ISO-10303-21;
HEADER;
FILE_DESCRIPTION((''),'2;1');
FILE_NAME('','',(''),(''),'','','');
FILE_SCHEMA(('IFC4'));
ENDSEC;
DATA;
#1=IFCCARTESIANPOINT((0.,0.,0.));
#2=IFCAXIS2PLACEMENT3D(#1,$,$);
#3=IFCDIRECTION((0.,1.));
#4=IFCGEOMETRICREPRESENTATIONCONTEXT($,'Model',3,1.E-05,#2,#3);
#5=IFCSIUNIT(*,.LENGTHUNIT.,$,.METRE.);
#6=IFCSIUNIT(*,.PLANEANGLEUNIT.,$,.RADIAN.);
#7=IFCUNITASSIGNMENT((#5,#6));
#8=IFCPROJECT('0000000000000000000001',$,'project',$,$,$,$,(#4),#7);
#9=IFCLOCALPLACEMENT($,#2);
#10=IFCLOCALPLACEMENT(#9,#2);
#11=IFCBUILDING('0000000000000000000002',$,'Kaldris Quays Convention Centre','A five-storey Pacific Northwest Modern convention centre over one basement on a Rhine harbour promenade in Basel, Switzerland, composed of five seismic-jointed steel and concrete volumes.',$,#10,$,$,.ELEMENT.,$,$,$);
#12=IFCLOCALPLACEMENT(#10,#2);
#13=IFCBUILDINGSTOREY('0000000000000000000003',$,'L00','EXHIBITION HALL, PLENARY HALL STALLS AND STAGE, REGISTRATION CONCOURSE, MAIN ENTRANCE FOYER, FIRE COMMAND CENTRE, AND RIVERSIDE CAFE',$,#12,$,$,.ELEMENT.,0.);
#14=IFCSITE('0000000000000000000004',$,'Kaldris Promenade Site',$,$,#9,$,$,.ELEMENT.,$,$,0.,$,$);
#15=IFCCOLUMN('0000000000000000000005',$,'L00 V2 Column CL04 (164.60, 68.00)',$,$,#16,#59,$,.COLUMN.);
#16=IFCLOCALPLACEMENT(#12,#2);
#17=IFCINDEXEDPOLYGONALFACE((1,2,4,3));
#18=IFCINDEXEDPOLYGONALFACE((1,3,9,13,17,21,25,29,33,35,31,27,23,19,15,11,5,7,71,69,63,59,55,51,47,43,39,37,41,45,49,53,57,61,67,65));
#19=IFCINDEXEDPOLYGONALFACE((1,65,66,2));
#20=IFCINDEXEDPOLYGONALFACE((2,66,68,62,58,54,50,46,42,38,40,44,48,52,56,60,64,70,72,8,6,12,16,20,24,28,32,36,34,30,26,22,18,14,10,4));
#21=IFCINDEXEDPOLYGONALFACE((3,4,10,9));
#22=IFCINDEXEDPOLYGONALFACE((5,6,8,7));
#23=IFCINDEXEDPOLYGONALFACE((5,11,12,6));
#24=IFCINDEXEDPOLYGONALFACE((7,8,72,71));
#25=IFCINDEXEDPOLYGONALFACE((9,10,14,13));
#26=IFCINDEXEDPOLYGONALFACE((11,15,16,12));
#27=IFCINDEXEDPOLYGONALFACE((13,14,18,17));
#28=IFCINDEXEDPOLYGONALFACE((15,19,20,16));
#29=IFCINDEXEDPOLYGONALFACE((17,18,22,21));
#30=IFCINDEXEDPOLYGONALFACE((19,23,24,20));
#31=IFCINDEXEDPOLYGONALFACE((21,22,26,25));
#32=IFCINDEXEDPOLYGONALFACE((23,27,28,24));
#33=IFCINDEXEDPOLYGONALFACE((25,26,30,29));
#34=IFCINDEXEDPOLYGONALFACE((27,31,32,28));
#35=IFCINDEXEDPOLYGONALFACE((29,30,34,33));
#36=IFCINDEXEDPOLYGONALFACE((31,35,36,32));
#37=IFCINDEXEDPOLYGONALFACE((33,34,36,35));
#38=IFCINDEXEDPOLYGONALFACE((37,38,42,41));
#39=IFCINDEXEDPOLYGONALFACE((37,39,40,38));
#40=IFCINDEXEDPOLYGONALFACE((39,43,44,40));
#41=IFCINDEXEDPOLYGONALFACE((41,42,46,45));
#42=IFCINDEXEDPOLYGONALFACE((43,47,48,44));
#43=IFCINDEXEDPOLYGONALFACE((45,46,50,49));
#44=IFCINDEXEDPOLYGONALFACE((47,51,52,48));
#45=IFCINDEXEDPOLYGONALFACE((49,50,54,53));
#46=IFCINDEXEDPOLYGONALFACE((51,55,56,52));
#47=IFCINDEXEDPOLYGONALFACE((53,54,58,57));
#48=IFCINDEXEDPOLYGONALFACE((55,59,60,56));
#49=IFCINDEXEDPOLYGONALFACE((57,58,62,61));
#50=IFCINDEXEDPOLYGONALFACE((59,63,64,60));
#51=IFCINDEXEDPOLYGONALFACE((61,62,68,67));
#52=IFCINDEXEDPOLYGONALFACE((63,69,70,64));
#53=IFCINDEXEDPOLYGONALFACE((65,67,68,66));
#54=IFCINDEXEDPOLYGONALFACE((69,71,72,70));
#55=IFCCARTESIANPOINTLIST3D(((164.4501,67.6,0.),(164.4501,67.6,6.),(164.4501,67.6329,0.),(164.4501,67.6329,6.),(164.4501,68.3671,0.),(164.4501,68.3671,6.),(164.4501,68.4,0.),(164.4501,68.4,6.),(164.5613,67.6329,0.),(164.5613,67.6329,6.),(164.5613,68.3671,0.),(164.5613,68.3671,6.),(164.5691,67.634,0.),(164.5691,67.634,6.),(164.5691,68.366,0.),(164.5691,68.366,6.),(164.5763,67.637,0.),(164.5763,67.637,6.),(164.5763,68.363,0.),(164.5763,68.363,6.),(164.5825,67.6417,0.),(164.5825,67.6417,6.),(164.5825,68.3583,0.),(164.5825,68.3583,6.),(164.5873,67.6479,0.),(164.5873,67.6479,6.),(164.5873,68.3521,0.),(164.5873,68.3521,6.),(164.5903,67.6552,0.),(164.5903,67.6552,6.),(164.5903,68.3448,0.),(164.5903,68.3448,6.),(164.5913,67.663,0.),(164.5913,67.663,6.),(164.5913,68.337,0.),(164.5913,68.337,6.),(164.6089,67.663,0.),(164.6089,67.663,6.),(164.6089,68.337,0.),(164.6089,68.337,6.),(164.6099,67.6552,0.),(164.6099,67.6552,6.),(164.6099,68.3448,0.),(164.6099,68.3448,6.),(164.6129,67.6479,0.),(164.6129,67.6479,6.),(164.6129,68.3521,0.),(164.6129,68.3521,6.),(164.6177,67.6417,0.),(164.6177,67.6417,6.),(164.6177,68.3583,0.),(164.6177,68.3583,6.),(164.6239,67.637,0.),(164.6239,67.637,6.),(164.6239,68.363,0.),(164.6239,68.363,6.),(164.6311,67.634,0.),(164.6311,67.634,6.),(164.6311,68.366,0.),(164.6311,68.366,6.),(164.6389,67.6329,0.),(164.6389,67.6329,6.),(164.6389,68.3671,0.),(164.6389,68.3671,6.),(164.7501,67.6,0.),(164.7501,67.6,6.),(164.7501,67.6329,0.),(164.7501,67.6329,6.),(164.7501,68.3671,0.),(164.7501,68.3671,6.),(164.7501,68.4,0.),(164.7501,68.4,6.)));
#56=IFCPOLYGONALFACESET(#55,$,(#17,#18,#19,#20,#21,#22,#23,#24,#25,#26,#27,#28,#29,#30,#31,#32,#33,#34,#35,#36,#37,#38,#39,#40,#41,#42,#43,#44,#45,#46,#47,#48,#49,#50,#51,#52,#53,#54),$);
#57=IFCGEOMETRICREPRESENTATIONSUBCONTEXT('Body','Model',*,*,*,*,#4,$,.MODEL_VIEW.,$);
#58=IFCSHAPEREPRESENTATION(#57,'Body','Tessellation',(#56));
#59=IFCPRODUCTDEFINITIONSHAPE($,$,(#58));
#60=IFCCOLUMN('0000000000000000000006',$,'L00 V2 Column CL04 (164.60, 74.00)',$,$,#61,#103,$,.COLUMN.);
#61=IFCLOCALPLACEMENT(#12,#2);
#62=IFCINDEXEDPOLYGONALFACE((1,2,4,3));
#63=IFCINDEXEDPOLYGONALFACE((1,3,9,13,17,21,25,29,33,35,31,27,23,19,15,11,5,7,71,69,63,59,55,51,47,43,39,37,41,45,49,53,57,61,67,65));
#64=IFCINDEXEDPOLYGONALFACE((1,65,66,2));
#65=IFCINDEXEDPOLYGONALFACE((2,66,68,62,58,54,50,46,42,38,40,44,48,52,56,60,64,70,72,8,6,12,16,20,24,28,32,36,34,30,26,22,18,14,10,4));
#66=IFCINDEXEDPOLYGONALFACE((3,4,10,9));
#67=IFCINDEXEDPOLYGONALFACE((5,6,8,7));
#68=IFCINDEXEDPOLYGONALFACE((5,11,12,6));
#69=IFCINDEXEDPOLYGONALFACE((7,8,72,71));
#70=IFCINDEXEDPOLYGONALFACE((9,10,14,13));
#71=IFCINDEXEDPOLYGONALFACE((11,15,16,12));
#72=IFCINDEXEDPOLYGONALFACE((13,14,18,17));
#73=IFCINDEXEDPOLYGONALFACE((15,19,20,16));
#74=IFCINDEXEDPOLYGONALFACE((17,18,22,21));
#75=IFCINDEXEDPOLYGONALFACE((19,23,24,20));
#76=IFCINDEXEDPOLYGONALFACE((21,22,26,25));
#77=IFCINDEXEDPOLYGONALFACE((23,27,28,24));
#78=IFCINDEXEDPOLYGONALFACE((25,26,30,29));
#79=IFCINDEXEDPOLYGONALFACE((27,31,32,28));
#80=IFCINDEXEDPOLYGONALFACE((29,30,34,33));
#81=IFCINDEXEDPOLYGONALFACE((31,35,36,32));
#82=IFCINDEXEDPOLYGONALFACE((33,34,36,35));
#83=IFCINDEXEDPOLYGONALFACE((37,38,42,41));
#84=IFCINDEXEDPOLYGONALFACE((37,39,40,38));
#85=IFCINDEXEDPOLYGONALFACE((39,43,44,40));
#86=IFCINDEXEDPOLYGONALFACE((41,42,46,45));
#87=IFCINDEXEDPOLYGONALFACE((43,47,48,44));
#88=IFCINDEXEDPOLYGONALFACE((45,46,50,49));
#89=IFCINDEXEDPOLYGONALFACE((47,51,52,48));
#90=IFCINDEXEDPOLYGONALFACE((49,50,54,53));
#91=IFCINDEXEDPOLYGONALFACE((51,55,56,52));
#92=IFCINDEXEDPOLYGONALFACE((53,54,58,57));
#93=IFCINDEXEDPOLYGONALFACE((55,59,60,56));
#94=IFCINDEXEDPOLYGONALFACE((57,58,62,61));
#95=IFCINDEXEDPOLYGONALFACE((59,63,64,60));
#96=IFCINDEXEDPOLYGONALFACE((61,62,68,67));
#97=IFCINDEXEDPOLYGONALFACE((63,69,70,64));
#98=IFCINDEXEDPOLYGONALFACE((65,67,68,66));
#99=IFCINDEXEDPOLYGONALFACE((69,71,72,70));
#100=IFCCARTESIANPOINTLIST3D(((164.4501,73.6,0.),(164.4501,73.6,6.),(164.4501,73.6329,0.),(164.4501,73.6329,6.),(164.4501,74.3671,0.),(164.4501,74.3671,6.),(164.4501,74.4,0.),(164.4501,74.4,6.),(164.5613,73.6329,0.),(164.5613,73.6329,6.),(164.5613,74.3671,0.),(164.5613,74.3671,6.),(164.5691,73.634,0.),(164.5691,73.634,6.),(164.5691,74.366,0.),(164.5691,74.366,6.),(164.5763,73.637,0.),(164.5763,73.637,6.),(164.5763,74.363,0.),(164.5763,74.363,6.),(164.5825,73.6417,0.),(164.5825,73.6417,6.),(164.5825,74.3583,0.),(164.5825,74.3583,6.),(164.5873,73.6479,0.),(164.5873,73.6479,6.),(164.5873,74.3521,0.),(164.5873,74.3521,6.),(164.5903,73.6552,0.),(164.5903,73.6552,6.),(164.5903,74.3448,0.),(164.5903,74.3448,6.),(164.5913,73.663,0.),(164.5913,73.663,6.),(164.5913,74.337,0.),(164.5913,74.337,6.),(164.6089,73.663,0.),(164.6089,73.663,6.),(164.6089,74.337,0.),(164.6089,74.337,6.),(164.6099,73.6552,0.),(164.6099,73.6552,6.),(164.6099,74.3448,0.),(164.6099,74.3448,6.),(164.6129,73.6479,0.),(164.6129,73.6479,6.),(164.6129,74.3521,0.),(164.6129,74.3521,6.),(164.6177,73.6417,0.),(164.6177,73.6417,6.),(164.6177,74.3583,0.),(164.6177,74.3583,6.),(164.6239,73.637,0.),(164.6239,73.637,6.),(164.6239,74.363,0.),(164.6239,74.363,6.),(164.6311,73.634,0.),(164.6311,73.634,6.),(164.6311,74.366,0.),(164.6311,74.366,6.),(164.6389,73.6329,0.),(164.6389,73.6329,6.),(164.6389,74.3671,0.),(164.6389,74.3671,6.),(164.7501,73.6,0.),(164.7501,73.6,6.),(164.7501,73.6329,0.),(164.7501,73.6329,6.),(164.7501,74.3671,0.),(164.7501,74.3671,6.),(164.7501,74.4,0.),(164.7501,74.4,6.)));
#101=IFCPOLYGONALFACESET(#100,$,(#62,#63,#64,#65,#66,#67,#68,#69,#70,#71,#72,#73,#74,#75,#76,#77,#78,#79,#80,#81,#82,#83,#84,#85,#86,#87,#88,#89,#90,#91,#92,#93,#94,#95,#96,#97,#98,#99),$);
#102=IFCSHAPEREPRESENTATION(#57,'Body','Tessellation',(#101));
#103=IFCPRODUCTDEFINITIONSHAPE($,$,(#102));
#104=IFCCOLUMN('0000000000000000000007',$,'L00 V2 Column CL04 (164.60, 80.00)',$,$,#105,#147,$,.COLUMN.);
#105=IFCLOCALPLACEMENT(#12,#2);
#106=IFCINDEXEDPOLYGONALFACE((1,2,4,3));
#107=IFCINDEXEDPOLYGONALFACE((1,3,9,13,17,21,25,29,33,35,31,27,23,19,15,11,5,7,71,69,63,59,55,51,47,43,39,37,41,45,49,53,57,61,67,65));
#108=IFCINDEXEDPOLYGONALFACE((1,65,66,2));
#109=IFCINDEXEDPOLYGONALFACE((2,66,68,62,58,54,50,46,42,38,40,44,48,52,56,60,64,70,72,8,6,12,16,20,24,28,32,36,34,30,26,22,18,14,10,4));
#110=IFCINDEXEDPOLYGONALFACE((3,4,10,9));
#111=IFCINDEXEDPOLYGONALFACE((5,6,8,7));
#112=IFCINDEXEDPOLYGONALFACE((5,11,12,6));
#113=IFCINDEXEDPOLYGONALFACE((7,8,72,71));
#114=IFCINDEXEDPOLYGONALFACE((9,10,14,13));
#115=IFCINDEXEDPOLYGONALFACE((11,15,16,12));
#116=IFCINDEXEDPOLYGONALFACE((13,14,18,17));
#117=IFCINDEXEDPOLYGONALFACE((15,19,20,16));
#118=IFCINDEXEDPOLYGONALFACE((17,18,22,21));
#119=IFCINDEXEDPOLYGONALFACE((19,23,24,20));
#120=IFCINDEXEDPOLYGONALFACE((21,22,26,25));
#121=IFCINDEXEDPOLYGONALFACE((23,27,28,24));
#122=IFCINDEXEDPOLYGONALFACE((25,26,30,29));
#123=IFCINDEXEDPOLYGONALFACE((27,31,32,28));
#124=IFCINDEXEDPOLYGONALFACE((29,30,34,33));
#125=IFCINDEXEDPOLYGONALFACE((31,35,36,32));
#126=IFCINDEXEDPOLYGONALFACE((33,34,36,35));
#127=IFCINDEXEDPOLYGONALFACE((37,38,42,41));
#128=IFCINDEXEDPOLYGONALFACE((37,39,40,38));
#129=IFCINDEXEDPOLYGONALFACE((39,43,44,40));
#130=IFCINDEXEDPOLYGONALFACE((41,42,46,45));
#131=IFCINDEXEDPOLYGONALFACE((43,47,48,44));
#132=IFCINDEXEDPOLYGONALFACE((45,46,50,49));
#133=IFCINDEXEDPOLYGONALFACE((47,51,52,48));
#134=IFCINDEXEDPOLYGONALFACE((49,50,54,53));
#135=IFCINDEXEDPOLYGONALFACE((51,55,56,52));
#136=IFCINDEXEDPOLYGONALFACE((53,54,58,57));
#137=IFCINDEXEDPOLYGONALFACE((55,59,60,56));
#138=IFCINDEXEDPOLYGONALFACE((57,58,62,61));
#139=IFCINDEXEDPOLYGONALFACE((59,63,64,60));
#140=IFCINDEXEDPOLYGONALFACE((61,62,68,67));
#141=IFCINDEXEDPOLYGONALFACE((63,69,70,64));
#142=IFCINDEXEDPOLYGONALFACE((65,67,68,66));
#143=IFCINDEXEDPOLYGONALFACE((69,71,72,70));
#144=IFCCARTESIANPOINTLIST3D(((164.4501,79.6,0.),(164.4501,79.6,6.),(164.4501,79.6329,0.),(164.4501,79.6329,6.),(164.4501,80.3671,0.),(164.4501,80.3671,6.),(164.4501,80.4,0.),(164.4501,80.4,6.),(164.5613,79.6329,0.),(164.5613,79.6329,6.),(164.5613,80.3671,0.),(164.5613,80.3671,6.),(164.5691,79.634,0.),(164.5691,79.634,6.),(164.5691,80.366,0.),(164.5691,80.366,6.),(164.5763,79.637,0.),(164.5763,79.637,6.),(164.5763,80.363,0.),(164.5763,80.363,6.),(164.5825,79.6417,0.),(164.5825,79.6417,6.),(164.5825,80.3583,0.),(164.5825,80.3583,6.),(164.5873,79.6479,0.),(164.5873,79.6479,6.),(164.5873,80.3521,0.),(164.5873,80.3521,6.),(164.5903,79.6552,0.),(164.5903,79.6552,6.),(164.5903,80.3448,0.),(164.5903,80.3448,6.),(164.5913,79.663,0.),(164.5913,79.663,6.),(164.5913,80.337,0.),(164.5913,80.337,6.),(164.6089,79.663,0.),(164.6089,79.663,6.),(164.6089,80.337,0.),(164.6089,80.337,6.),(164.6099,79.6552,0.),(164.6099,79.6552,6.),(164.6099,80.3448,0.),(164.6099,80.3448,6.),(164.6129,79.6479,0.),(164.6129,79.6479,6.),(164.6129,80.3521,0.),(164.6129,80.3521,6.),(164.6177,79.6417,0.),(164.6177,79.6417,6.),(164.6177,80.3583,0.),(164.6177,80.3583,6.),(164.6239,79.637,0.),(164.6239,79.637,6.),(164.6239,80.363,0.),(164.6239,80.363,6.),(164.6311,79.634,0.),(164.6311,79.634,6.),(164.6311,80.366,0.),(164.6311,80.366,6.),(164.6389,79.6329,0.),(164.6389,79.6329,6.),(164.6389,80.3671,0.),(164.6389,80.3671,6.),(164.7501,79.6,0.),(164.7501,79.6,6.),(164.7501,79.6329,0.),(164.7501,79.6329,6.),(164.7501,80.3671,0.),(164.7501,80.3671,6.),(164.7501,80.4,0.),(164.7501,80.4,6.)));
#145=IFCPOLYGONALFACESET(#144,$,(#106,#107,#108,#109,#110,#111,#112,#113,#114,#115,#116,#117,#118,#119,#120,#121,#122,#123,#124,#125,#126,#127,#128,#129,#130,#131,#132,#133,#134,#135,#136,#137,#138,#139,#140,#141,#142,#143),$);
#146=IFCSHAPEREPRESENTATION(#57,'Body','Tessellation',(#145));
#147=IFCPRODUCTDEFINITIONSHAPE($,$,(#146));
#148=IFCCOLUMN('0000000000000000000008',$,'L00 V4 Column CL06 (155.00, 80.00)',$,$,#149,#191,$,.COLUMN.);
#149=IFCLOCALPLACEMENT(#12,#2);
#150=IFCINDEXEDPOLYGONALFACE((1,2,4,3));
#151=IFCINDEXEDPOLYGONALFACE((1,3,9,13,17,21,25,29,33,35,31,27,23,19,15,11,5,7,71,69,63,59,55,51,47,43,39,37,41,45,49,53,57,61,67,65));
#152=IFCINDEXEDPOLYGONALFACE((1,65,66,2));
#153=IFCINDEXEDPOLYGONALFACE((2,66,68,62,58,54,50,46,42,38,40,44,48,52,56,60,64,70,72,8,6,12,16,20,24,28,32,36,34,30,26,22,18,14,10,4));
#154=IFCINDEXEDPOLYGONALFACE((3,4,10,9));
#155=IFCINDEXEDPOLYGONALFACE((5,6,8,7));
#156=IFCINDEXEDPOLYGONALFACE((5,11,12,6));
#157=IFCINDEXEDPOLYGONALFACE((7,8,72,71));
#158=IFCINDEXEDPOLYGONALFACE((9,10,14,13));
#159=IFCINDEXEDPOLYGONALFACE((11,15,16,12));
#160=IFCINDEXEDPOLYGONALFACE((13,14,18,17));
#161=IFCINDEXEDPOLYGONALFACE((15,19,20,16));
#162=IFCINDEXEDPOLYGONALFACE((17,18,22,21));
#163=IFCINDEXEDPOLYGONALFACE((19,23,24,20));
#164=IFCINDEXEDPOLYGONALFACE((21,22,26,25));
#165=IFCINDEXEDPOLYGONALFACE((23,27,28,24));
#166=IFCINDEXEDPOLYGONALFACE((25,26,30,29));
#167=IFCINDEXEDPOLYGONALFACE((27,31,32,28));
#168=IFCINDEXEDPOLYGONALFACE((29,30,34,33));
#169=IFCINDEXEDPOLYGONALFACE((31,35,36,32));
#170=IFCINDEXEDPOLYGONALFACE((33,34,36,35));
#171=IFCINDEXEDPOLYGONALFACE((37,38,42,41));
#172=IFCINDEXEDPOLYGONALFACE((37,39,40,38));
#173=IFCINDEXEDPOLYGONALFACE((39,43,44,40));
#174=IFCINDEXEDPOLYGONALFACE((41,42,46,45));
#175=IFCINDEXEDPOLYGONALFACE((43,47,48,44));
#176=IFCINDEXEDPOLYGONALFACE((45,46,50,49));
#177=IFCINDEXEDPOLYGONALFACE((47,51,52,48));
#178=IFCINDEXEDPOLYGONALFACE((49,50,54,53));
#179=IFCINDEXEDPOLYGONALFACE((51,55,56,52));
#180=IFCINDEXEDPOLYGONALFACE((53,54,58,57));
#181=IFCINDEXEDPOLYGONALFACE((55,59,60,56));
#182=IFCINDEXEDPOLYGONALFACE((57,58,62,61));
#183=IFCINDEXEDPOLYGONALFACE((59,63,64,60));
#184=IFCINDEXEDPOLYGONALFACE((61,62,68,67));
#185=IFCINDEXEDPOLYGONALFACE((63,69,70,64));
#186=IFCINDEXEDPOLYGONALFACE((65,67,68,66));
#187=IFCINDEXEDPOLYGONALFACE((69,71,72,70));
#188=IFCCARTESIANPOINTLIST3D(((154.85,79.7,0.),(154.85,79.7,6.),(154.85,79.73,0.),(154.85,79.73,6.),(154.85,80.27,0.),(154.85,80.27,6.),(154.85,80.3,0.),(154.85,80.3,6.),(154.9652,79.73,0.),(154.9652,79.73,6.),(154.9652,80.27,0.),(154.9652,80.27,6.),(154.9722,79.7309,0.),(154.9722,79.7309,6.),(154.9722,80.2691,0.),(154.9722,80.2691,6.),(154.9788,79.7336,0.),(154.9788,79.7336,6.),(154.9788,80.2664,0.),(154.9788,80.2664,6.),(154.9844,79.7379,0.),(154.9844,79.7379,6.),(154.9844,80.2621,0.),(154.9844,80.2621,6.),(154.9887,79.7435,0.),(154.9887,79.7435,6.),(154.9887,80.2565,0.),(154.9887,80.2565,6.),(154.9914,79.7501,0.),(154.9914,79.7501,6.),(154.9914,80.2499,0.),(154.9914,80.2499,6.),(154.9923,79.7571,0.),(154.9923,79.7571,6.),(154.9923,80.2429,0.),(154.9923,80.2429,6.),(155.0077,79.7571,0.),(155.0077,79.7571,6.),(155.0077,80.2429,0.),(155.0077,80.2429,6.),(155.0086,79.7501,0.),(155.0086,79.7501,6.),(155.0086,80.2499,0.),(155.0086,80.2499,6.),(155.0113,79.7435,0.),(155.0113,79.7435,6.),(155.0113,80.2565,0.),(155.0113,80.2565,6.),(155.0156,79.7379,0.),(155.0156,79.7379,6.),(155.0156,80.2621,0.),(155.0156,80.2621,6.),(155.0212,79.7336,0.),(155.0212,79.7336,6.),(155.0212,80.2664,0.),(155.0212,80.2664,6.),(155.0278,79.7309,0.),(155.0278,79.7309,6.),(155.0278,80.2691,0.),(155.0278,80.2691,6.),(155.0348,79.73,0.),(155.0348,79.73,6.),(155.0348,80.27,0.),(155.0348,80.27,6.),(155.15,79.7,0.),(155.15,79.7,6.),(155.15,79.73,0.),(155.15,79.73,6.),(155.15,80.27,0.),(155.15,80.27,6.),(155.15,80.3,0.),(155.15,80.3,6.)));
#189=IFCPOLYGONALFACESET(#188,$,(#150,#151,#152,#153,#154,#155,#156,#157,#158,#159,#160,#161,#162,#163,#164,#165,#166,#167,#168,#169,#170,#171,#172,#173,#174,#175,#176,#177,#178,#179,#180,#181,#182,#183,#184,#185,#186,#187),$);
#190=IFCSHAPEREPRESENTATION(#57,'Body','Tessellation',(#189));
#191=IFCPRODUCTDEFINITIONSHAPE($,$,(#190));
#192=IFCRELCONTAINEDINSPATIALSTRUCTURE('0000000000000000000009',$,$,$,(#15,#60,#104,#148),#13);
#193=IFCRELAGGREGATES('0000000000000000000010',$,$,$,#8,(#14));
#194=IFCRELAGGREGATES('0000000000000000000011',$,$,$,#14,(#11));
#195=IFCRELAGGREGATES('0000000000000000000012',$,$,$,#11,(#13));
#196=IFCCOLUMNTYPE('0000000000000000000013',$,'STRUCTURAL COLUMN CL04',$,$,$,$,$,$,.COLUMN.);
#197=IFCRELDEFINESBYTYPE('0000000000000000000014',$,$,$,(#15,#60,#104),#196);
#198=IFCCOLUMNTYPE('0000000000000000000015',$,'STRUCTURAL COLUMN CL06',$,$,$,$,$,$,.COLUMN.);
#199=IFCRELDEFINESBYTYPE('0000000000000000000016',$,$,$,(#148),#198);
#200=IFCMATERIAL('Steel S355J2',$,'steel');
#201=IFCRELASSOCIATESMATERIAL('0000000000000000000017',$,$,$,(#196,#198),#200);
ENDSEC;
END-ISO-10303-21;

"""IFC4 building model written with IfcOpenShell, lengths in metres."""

from ifc_helpers import new_model, si_unit, direction, frame, origin, origin_2d, place, context, subcontext, project, spatial, i_section, extrude, material, material_profile, profile_set, type_object, element, save


model = new_model("IFC4")

# Units and contexts
model_context = context("Model", 3, precision=1e-05, world=origin(), true_north=direction((0.0, 1.0)))
body_context = subcontext(model_context, "Body", "Model", "MODEL_VIEW")
ifc_project = project(units=[si_unit("LENGTHUNIT", "METRE"), si_unit("PLANEANGLEUNIT", "RADIAN")], contexts=[model_context])

# Site, building, storey
site_placement = place(None, origin())
site = spatial("IfcSite", under=ifc_project, at=site_placement, Name="Kaldris Promenade Site", CompositionType="ELEMENT", RefElevation=0.0)
building_placement = place(site_placement, origin())
building = spatial("IfcBuilding", under=site, at=building_placement, Name="Kaldris Quays Convention Centre", Description="A five-storey Pacific Northwest Modern convention centre over one basement on a Rhine harbour promenade in Basel, Switzerland, composed of five seismic-jointed steel and concrete volumes.", CompositionType="ELEMENT")
storey_placement = place(building_placement, origin())
storey = spatial("IfcBuildingStorey", under=building, at=storey_placement, Name="L00", Description="EXHIBITION HALL, PLENARY HALL STALLS AND STAGE, REGISTRATION CONCOURSE, MAIN ENTRANCE FOYER, FIRE COMMAND CENTRE, AND RIVERSIDE CAFE", CompositionType="ELEMENT", Elevation=0.0)

# Columns
ifc_material_1 = material(Name="Steel S355J2", Category="steel")
ifc_material_profile_1 = material_profile(ifc_material_1, i_section(OverallWidth=0.3, OverallDepth=0.8, WebThickness=0.0176, FlangeThickness=0.033, FilletRadius=0.03, at=origin_2d()), Name="HEB 800")
ifc_profile_set_1 = profile_set([ifc_material_profile_1], Name="Steel S355J2")
column_type_1 = type_object("IfcColumnType", Name="STRUCTURAL COLUMN CL04", PredefinedType="COLUMN", material=ifc_profile_set_1)
for number, where, z_axis, x_axis, name in (
    (1, (164.6001, 68.0, 0.0), (0.0, 0.0, 1.0), (1.0, 0.0, 0.0), "L00 V2 Column CL04 (164.60, 68.00)"),
    (2, (164.6001, 74.0, 0.0), (0.0, 0.0, 1.0), (1.0, 0.0, 0.0), "L00 V2 Column CL04 (164.60, 74.00)"),
    (3, (164.6001, 80.0, 0.0), (0.0, 0.0, 1.0), (1.0, 0.0, 0.0), "L00 V2 Column CL04 (164.60, 80.00)"),
):
    element("IfcColumn", number, at=place(storey_placement, frame(where, z_axis=z_axis, x_axis=x_axis)), inside=storey, type_object=column_type_1, Name=name, PredefinedType="COLUMN", context=body_context, shape_type="SweptSolid", body=[
        extrude(i_section(OverallWidth=0.3, OverallDepth=0.8, WebThickness=0.0176, FlangeThickness=0.033, FilletRadius=0.03, at=origin_2d()), origin(), (0.0, 0.0, 1.0), 6.0),
    ])
ifc_material_profile_2 = material_profile(ifc_material_1, i_section(OverallWidth=0.3, OverallDepth=0.6001, WebThickness=0.0154, FlangeThickness=0.03, FilletRadius=0.0271, at=origin_2d()), Name="HEB 600")
ifc_profile_set_2 = profile_set([ifc_material_profile_2], Name="Steel S355J2")
column_type_2 = type_object("IfcColumnType", Name="STRUCTURAL COLUMN CL06", PredefinedType="COLUMN", material=ifc_profile_set_2)
for number, where, z_axis, x_axis, name in (
    (4, (155.0, 80.0, 0.0), (0.0, 0.0, 1.0), (1.0, 0.0, 0.0), "L00 V4 Column CL06 (155.00, 80.00)"),
):
    element("IfcColumn", number, at=place(storey_placement, frame(where, z_axis=z_axis, x_axis=x_axis)), inside=storey, type_object=column_type_2, Name=name, PredefinedType="COLUMN", context=body_context, shape_type="SweptSolid", body=[
        extrude(i_section(OverallWidth=0.3, OverallDepth=0.6001, WebThickness=0.0154, FlangeThickness=0.03, FilletRadius=0.0271, at=origin_2d()), origin(), (0.0, 0.0, 1.0), 6.0),
    ])

save(model, "model.ifc")
